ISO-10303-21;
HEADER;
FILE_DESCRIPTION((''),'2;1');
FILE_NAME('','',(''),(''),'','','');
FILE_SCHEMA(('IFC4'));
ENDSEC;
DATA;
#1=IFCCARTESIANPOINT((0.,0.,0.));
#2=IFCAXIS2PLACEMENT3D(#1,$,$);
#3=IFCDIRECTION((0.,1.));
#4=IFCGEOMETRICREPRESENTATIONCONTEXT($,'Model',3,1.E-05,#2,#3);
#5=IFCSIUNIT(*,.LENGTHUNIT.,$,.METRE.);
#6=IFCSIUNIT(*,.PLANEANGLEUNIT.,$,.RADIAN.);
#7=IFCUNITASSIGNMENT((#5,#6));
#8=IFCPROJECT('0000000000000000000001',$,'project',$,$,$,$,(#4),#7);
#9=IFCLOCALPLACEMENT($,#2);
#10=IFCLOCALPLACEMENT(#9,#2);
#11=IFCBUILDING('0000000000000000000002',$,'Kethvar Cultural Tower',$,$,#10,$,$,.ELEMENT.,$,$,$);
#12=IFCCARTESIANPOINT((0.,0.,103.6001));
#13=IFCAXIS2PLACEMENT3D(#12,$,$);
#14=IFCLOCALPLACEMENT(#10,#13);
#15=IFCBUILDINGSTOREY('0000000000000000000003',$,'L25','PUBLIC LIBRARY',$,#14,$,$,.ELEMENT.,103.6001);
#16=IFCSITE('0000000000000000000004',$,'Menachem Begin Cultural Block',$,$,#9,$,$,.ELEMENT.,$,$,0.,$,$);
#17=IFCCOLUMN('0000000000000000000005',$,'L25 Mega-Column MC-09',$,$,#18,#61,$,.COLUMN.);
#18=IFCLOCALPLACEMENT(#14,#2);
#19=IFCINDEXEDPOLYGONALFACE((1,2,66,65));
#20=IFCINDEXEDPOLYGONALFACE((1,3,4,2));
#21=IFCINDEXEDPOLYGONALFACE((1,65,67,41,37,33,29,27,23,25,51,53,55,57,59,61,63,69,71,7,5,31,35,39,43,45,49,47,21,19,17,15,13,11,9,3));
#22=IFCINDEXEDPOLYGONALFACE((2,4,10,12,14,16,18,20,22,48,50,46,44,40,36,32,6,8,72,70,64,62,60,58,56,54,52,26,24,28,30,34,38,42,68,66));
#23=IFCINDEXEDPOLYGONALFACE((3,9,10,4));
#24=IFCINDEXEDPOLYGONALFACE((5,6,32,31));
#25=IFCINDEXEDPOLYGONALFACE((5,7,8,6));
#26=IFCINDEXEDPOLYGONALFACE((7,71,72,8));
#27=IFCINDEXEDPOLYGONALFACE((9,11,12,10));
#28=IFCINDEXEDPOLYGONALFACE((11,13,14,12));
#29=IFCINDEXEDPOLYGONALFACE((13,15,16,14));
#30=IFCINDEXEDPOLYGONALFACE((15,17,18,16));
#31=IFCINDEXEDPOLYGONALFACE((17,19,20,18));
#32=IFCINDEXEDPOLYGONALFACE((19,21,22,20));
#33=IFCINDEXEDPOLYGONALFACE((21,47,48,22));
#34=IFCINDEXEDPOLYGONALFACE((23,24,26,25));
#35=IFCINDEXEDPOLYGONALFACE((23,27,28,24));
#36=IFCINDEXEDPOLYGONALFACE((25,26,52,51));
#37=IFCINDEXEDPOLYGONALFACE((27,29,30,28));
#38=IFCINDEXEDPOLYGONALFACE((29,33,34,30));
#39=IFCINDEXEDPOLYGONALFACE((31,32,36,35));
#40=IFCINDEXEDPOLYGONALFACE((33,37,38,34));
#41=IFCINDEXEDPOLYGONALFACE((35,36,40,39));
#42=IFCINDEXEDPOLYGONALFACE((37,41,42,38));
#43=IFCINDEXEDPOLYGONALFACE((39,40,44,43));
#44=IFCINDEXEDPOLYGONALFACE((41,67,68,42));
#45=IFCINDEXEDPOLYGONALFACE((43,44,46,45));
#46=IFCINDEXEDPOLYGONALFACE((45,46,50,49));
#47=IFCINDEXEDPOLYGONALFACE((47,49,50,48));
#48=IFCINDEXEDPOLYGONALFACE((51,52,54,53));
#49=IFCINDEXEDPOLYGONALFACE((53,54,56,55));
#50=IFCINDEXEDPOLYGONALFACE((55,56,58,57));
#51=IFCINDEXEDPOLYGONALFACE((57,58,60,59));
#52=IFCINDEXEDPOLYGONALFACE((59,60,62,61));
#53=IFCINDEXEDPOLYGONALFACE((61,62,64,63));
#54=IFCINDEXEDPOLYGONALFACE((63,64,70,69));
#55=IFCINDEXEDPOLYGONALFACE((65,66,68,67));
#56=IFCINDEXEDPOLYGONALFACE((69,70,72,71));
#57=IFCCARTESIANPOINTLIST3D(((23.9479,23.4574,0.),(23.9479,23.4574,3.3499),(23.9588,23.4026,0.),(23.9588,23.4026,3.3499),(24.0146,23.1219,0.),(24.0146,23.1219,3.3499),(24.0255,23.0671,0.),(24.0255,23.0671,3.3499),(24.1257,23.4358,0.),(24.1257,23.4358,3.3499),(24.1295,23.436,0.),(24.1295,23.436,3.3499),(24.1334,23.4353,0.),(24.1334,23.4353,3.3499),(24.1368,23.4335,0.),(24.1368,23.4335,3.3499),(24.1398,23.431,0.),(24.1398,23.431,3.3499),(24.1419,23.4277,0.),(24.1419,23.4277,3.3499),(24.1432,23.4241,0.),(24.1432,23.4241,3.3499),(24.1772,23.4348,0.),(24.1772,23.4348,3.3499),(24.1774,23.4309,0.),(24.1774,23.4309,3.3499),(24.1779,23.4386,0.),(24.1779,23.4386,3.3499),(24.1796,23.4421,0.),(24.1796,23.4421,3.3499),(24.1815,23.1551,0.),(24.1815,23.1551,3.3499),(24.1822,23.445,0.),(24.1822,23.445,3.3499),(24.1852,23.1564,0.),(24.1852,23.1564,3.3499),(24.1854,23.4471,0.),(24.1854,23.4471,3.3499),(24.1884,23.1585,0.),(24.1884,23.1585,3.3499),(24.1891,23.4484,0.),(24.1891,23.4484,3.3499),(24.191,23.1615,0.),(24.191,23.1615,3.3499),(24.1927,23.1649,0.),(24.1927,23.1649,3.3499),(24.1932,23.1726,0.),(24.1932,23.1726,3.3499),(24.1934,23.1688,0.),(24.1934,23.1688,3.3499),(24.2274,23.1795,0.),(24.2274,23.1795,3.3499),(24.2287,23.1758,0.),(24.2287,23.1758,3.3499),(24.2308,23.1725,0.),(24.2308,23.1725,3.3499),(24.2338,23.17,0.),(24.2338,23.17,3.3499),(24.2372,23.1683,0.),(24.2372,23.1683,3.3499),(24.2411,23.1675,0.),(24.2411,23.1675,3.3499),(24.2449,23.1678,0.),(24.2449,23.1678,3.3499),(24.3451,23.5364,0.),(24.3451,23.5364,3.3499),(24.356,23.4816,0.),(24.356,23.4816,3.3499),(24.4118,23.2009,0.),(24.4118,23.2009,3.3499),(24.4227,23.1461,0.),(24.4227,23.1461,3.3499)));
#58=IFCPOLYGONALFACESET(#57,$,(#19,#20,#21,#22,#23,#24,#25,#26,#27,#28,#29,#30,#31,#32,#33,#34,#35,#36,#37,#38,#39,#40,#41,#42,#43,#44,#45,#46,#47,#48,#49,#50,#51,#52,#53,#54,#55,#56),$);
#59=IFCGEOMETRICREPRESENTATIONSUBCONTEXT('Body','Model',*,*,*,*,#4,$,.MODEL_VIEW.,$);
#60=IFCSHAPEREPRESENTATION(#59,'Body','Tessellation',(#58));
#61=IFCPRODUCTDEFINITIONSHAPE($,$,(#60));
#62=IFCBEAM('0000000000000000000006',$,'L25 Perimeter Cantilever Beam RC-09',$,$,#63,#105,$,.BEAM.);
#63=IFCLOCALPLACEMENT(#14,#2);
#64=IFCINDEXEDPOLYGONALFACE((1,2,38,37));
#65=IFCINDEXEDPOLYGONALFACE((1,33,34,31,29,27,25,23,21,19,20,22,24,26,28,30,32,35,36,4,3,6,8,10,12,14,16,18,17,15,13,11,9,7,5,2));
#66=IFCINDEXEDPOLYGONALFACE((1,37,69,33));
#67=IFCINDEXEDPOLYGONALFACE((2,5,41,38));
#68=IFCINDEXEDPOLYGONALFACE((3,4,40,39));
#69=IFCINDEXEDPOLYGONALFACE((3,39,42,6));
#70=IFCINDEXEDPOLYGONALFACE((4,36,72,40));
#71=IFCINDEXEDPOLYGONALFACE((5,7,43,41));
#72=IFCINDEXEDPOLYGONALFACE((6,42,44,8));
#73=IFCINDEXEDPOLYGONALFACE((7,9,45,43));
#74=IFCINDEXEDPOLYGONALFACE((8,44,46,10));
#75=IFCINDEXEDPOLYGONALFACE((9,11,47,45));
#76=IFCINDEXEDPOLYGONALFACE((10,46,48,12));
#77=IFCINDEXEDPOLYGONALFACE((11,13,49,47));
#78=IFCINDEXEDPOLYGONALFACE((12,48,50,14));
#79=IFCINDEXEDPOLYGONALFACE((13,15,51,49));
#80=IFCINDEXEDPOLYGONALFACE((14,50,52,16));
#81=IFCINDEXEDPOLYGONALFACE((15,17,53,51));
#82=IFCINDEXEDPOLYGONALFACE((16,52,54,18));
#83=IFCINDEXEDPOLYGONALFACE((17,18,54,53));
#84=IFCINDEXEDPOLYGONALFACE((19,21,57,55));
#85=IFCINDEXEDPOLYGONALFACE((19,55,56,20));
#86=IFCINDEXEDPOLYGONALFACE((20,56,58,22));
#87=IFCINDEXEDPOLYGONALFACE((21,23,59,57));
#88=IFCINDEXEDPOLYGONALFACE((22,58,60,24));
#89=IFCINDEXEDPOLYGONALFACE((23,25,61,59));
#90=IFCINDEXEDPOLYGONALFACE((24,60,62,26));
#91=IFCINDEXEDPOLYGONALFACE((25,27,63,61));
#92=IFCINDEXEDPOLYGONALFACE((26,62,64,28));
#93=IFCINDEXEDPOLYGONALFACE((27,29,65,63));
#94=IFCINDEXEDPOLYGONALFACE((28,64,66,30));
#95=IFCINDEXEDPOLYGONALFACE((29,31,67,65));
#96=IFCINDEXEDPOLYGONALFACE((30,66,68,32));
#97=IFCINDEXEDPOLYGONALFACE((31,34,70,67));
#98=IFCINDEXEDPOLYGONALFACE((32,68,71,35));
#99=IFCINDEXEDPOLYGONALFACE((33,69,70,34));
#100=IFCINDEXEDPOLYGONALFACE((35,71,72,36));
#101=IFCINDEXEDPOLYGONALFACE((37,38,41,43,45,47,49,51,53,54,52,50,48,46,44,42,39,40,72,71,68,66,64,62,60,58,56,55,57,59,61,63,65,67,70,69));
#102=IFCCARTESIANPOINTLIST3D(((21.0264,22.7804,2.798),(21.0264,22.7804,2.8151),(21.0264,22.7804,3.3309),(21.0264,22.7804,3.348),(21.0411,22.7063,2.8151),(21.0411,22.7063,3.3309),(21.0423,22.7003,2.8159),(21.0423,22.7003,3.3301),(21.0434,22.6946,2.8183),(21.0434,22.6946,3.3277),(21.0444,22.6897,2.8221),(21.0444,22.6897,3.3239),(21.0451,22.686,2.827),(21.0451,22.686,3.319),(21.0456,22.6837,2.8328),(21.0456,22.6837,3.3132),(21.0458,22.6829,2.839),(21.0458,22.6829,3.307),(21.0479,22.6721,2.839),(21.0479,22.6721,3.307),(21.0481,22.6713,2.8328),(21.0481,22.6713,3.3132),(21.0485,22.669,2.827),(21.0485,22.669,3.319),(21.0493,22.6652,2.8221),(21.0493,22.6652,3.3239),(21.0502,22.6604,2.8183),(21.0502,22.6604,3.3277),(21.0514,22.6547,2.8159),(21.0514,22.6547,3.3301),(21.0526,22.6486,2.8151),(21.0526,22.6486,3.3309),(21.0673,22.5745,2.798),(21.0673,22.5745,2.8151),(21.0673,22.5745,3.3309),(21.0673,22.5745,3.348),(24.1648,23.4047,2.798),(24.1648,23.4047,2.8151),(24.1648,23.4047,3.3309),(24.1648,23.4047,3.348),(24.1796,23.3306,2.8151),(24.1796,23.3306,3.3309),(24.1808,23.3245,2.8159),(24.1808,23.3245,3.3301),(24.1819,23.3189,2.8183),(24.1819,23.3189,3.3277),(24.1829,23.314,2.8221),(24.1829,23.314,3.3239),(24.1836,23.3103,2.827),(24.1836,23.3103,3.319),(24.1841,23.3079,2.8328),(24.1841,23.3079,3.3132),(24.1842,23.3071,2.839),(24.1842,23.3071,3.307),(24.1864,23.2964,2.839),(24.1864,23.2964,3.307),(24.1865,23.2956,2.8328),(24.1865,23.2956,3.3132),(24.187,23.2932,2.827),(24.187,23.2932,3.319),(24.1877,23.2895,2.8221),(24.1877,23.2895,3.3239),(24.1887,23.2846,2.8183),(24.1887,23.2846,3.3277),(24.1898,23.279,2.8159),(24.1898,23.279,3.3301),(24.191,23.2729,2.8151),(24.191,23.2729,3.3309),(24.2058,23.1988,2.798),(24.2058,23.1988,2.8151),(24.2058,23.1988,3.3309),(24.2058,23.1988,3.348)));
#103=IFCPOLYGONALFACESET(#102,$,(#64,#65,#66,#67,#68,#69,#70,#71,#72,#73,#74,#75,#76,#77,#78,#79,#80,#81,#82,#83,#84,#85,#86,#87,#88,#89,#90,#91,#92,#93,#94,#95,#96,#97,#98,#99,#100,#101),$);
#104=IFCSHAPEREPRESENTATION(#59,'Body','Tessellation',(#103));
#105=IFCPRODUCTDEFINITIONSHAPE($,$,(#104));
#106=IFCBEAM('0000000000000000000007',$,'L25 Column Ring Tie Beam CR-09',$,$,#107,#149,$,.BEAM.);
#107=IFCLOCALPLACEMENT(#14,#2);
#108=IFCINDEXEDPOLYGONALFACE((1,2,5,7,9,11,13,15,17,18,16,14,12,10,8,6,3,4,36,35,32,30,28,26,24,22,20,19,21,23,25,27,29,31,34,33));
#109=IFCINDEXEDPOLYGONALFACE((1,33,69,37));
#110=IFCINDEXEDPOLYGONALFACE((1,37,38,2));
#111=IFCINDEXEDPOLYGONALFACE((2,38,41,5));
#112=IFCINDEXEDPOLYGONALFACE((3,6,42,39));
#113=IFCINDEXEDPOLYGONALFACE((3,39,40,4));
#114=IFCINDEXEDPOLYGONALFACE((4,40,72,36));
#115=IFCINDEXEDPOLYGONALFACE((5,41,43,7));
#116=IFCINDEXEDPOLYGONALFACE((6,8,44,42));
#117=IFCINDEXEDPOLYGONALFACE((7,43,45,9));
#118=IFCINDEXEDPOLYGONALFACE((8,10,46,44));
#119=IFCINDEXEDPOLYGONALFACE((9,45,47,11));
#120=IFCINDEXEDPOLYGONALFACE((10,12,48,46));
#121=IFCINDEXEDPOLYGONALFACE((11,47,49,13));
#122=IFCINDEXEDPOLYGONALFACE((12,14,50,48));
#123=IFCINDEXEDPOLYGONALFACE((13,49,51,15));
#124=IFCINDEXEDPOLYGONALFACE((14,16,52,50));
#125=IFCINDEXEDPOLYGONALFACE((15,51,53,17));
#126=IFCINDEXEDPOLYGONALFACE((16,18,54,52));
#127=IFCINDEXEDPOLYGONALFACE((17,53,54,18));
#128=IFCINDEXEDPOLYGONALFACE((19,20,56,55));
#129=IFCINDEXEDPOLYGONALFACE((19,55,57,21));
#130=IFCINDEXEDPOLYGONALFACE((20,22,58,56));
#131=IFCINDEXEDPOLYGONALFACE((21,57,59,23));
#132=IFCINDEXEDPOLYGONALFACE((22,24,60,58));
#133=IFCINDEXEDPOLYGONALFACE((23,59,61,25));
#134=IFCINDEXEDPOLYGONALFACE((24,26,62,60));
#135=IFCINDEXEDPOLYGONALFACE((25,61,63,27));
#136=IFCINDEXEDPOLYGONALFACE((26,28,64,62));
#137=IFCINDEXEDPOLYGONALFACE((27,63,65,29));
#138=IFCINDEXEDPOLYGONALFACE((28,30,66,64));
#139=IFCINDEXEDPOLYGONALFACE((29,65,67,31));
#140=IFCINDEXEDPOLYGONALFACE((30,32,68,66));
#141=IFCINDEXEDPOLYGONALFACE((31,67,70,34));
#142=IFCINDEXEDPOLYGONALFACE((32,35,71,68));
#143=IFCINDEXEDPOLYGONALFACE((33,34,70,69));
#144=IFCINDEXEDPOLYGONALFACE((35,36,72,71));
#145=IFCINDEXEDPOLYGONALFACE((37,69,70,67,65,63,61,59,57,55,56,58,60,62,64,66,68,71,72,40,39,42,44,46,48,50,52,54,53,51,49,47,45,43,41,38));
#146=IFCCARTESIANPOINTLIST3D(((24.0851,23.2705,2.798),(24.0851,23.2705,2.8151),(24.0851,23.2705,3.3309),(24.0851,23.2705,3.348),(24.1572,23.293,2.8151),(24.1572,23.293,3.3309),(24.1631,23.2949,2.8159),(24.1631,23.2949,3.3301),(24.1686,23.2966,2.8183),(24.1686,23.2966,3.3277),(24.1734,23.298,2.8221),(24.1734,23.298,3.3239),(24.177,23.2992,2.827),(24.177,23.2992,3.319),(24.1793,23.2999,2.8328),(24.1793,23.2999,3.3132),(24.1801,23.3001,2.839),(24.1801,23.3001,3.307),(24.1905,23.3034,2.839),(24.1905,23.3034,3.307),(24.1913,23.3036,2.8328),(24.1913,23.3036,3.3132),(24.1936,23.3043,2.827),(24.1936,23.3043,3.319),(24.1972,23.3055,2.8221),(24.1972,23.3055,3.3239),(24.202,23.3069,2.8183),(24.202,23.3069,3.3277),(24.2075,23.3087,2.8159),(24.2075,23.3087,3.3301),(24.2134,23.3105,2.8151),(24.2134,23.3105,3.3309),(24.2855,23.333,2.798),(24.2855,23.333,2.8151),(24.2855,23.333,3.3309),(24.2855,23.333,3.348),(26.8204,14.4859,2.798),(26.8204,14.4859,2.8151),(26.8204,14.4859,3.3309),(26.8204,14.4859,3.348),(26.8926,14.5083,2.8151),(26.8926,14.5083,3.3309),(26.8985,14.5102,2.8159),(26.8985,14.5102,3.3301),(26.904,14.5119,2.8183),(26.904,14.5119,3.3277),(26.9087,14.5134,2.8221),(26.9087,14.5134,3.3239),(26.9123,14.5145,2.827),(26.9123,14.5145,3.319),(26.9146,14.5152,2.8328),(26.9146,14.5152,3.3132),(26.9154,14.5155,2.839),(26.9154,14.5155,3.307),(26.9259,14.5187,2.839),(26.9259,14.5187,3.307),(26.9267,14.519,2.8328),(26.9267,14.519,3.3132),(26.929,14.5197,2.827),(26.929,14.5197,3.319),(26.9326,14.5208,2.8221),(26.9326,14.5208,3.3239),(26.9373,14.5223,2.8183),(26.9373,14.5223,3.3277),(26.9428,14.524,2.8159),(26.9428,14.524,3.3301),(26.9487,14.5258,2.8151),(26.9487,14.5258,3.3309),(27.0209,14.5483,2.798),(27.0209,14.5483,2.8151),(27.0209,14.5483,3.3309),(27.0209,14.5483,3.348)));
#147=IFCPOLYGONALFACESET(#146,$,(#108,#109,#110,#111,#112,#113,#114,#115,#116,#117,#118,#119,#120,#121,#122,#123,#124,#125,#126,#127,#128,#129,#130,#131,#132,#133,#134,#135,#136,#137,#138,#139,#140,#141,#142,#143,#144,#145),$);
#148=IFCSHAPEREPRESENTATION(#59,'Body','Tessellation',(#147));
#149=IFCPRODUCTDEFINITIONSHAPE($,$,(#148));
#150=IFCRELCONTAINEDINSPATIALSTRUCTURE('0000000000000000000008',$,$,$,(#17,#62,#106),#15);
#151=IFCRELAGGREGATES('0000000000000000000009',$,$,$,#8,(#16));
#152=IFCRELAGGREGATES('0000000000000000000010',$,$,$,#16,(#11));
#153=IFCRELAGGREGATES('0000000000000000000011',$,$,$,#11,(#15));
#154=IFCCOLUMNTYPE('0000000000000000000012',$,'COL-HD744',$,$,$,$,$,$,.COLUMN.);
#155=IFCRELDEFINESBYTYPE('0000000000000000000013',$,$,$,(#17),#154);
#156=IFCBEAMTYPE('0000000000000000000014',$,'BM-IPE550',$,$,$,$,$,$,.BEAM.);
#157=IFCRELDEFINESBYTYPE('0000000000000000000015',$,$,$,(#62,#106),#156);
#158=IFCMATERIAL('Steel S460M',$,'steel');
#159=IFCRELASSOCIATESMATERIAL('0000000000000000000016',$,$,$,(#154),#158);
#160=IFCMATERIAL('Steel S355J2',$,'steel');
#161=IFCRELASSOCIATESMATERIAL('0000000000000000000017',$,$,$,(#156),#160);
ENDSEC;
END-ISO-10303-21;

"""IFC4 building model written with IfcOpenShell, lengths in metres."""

from ifc_helpers import new_model, si_unit, direction, frame, origin, origin_2d, place, context, subcontext, project, spatial, i_section, extrude, source, transform, mapped, material, material_profile, profile_set, type_object, element, save


model = new_model("IFC4")

# Units and contexts
model_context = context("Model", 3, precision=1e-05, world=origin(), true_north=direction((0.0, 1.0)))
body_context = subcontext(model_context, "Body", "Model", "MODEL_VIEW")
ifc_project = project(units=[si_unit("LENGTHUNIT", "METRE"), si_unit("PLANEANGLEUNIT", "RADIAN")], contexts=[model_context])

# Site, building, storey
site_placement = place(None, origin())
site = spatial("IfcSite", under=ifc_project, at=site_placement, Name="Menachem Begin Cultural Block", CompositionType="ELEMENT", RefElevation=0.0)
building_placement = place(site_placement, origin())
building = spatial("IfcBuilding", under=site, at=building_placement, Name="Kethvar Cultural Tower", CompositionType="ELEMENT")
storey_placement = place(building_placement, frame((0.0, 0.0, 103.6001)))
storey = spatial("IfcBuildingStorey", under=building, at=storey_placement, Name="L25", Description="PUBLIC LIBRARY", CompositionType="ELEMENT", Elevation=103.6001)

# Column
ifc_material_1 = material(Name="Steel S460M", Category="steel")
ifc_material_profile_1 = material_profile(ifc_material_1, i_section(OverallWidth=0.405, OverallDepth=0.3979, WebThickness=0.0349, FlangeThickness=0.0559, FilletRadius=0.0149, at=origin_2d()), Name="Steel S460M — HD400x744")
ifc_profile_set_1 = profile_set([ifc_material_profile_1], Name="Steel S460M — HD400x744")
column_type = type_object("IfcColumnType", Name="COL-HD744", PredefinedType="COLUMN", material=ifc_profile_set_1)
shared_shape_1 = source(origin(), body_context, "Body", "SweptSolid", [
    extrude(i_section(OverallWidth=0.405, OverallDepth=0.3979, WebThickness=0.0349, FlangeThickness=0.0559, FilletRadius=0.0149, at=origin_2d()), origin(), (0.0, 0.0, 1.0), 3.3499),
])
column_placement = place(storey_placement, frame((24.1853, 23.3018, 0.0), z_axis=(0.0, 0.0, 1.0), x_axis=(-0.980785, -0.19509, 0.0)))
element("IfcColumn", 1, at=column_placement, inside=storey, type_object=column_type, Name="L25 Mega-Column MC-09", PredefinedType="COLUMN", context=body_context, shape_type="MappedRepresentation", body=[
    mapped(shared_shape_1, transform((0.0, 0.0, 0.0), scale=1.0)),
])

# Beams
ifc_material_2 = material(Name="Steel S355J2", Category="steel")
ifc_material_profile_2 = material_profile(ifc_material_2, i_section(OverallWidth=0.21, OverallDepth=0.55, WebThickness=0.011, FlangeThickness=0.0171, FilletRadius=0.0239, at=origin_2d()), Name="Steel S355J2 — IPE550")
ifc_profile_set_2 = profile_set([ifc_material_profile_2], Name="Steel S355J2 — IPE550")
beam_type_1 = type_object("IfcBeamType", Name="BM-IPE550", PredefinedType="BEAM", material=ifc_profile_set_2)
shared_shape_2 = source(origin(), body_context, "Body", "SweptSolid", [
    extrude(i_section(OverallWidth=0.21, OverallDepth=0.55, WebThickness=0.011, FlangeThickness=0.0171, FilletRadius=0.0239, at=origin_2d()), origin(), (0.0, 0.0, 1.0), 3.2),
])
beam_1_placement = place(storey_placement, frame((24.1853, 23.3018, 3.073), z_axis=(-0.980786, -0.195089, 0.0), x_axis=(0.195089, -0.980786, 0.0)))
element("IfcBeam", 2, at=beam_1_placement, inside=storey, type_object=beam_type_1, Name="L25 Perimeter Cantilever Beam RC-09", PredefinedType="BEAM", context=body_context, shape_type="MappedRepresentation", body=[
    mapped(shared_shape_2, transform((0.0, 0.0, 0.0), scale=1.0)),
])
shared_shape_3 = source(origin(), body_context, "Body", "SweptSolid", [
    extrude(i_section(OverallWidth=0.21, OverallDepth=0.55, WebThickness=0.011, FlangeThickness=0.0171, FilletRadius=0.0239, at=origin_2d()), origin(), (0.0, 0.0, 1.0), 9.2007),
])
beam_2_placement = place(storey_placement, frame((24.1853, 23.3018, 3.073), z_axis=(0.297299, -0.954784, 0.0), x_axis=(0.954784, 0.297299, 0.0)))
element("IfcBeam", 3, at=beam_2_placement, inside=storey, type_object=beam_type_1, Name="L25 Column Ring Tie Beam CR-09", PredefinedType="BEAM", context=body_context, shape_type="MappedRepresentation", body=[
    mapped(shared_shape_3, transform((0.0, 0.0, 0.0), scale=1.0)),
])

save(model, "model.ifc")
